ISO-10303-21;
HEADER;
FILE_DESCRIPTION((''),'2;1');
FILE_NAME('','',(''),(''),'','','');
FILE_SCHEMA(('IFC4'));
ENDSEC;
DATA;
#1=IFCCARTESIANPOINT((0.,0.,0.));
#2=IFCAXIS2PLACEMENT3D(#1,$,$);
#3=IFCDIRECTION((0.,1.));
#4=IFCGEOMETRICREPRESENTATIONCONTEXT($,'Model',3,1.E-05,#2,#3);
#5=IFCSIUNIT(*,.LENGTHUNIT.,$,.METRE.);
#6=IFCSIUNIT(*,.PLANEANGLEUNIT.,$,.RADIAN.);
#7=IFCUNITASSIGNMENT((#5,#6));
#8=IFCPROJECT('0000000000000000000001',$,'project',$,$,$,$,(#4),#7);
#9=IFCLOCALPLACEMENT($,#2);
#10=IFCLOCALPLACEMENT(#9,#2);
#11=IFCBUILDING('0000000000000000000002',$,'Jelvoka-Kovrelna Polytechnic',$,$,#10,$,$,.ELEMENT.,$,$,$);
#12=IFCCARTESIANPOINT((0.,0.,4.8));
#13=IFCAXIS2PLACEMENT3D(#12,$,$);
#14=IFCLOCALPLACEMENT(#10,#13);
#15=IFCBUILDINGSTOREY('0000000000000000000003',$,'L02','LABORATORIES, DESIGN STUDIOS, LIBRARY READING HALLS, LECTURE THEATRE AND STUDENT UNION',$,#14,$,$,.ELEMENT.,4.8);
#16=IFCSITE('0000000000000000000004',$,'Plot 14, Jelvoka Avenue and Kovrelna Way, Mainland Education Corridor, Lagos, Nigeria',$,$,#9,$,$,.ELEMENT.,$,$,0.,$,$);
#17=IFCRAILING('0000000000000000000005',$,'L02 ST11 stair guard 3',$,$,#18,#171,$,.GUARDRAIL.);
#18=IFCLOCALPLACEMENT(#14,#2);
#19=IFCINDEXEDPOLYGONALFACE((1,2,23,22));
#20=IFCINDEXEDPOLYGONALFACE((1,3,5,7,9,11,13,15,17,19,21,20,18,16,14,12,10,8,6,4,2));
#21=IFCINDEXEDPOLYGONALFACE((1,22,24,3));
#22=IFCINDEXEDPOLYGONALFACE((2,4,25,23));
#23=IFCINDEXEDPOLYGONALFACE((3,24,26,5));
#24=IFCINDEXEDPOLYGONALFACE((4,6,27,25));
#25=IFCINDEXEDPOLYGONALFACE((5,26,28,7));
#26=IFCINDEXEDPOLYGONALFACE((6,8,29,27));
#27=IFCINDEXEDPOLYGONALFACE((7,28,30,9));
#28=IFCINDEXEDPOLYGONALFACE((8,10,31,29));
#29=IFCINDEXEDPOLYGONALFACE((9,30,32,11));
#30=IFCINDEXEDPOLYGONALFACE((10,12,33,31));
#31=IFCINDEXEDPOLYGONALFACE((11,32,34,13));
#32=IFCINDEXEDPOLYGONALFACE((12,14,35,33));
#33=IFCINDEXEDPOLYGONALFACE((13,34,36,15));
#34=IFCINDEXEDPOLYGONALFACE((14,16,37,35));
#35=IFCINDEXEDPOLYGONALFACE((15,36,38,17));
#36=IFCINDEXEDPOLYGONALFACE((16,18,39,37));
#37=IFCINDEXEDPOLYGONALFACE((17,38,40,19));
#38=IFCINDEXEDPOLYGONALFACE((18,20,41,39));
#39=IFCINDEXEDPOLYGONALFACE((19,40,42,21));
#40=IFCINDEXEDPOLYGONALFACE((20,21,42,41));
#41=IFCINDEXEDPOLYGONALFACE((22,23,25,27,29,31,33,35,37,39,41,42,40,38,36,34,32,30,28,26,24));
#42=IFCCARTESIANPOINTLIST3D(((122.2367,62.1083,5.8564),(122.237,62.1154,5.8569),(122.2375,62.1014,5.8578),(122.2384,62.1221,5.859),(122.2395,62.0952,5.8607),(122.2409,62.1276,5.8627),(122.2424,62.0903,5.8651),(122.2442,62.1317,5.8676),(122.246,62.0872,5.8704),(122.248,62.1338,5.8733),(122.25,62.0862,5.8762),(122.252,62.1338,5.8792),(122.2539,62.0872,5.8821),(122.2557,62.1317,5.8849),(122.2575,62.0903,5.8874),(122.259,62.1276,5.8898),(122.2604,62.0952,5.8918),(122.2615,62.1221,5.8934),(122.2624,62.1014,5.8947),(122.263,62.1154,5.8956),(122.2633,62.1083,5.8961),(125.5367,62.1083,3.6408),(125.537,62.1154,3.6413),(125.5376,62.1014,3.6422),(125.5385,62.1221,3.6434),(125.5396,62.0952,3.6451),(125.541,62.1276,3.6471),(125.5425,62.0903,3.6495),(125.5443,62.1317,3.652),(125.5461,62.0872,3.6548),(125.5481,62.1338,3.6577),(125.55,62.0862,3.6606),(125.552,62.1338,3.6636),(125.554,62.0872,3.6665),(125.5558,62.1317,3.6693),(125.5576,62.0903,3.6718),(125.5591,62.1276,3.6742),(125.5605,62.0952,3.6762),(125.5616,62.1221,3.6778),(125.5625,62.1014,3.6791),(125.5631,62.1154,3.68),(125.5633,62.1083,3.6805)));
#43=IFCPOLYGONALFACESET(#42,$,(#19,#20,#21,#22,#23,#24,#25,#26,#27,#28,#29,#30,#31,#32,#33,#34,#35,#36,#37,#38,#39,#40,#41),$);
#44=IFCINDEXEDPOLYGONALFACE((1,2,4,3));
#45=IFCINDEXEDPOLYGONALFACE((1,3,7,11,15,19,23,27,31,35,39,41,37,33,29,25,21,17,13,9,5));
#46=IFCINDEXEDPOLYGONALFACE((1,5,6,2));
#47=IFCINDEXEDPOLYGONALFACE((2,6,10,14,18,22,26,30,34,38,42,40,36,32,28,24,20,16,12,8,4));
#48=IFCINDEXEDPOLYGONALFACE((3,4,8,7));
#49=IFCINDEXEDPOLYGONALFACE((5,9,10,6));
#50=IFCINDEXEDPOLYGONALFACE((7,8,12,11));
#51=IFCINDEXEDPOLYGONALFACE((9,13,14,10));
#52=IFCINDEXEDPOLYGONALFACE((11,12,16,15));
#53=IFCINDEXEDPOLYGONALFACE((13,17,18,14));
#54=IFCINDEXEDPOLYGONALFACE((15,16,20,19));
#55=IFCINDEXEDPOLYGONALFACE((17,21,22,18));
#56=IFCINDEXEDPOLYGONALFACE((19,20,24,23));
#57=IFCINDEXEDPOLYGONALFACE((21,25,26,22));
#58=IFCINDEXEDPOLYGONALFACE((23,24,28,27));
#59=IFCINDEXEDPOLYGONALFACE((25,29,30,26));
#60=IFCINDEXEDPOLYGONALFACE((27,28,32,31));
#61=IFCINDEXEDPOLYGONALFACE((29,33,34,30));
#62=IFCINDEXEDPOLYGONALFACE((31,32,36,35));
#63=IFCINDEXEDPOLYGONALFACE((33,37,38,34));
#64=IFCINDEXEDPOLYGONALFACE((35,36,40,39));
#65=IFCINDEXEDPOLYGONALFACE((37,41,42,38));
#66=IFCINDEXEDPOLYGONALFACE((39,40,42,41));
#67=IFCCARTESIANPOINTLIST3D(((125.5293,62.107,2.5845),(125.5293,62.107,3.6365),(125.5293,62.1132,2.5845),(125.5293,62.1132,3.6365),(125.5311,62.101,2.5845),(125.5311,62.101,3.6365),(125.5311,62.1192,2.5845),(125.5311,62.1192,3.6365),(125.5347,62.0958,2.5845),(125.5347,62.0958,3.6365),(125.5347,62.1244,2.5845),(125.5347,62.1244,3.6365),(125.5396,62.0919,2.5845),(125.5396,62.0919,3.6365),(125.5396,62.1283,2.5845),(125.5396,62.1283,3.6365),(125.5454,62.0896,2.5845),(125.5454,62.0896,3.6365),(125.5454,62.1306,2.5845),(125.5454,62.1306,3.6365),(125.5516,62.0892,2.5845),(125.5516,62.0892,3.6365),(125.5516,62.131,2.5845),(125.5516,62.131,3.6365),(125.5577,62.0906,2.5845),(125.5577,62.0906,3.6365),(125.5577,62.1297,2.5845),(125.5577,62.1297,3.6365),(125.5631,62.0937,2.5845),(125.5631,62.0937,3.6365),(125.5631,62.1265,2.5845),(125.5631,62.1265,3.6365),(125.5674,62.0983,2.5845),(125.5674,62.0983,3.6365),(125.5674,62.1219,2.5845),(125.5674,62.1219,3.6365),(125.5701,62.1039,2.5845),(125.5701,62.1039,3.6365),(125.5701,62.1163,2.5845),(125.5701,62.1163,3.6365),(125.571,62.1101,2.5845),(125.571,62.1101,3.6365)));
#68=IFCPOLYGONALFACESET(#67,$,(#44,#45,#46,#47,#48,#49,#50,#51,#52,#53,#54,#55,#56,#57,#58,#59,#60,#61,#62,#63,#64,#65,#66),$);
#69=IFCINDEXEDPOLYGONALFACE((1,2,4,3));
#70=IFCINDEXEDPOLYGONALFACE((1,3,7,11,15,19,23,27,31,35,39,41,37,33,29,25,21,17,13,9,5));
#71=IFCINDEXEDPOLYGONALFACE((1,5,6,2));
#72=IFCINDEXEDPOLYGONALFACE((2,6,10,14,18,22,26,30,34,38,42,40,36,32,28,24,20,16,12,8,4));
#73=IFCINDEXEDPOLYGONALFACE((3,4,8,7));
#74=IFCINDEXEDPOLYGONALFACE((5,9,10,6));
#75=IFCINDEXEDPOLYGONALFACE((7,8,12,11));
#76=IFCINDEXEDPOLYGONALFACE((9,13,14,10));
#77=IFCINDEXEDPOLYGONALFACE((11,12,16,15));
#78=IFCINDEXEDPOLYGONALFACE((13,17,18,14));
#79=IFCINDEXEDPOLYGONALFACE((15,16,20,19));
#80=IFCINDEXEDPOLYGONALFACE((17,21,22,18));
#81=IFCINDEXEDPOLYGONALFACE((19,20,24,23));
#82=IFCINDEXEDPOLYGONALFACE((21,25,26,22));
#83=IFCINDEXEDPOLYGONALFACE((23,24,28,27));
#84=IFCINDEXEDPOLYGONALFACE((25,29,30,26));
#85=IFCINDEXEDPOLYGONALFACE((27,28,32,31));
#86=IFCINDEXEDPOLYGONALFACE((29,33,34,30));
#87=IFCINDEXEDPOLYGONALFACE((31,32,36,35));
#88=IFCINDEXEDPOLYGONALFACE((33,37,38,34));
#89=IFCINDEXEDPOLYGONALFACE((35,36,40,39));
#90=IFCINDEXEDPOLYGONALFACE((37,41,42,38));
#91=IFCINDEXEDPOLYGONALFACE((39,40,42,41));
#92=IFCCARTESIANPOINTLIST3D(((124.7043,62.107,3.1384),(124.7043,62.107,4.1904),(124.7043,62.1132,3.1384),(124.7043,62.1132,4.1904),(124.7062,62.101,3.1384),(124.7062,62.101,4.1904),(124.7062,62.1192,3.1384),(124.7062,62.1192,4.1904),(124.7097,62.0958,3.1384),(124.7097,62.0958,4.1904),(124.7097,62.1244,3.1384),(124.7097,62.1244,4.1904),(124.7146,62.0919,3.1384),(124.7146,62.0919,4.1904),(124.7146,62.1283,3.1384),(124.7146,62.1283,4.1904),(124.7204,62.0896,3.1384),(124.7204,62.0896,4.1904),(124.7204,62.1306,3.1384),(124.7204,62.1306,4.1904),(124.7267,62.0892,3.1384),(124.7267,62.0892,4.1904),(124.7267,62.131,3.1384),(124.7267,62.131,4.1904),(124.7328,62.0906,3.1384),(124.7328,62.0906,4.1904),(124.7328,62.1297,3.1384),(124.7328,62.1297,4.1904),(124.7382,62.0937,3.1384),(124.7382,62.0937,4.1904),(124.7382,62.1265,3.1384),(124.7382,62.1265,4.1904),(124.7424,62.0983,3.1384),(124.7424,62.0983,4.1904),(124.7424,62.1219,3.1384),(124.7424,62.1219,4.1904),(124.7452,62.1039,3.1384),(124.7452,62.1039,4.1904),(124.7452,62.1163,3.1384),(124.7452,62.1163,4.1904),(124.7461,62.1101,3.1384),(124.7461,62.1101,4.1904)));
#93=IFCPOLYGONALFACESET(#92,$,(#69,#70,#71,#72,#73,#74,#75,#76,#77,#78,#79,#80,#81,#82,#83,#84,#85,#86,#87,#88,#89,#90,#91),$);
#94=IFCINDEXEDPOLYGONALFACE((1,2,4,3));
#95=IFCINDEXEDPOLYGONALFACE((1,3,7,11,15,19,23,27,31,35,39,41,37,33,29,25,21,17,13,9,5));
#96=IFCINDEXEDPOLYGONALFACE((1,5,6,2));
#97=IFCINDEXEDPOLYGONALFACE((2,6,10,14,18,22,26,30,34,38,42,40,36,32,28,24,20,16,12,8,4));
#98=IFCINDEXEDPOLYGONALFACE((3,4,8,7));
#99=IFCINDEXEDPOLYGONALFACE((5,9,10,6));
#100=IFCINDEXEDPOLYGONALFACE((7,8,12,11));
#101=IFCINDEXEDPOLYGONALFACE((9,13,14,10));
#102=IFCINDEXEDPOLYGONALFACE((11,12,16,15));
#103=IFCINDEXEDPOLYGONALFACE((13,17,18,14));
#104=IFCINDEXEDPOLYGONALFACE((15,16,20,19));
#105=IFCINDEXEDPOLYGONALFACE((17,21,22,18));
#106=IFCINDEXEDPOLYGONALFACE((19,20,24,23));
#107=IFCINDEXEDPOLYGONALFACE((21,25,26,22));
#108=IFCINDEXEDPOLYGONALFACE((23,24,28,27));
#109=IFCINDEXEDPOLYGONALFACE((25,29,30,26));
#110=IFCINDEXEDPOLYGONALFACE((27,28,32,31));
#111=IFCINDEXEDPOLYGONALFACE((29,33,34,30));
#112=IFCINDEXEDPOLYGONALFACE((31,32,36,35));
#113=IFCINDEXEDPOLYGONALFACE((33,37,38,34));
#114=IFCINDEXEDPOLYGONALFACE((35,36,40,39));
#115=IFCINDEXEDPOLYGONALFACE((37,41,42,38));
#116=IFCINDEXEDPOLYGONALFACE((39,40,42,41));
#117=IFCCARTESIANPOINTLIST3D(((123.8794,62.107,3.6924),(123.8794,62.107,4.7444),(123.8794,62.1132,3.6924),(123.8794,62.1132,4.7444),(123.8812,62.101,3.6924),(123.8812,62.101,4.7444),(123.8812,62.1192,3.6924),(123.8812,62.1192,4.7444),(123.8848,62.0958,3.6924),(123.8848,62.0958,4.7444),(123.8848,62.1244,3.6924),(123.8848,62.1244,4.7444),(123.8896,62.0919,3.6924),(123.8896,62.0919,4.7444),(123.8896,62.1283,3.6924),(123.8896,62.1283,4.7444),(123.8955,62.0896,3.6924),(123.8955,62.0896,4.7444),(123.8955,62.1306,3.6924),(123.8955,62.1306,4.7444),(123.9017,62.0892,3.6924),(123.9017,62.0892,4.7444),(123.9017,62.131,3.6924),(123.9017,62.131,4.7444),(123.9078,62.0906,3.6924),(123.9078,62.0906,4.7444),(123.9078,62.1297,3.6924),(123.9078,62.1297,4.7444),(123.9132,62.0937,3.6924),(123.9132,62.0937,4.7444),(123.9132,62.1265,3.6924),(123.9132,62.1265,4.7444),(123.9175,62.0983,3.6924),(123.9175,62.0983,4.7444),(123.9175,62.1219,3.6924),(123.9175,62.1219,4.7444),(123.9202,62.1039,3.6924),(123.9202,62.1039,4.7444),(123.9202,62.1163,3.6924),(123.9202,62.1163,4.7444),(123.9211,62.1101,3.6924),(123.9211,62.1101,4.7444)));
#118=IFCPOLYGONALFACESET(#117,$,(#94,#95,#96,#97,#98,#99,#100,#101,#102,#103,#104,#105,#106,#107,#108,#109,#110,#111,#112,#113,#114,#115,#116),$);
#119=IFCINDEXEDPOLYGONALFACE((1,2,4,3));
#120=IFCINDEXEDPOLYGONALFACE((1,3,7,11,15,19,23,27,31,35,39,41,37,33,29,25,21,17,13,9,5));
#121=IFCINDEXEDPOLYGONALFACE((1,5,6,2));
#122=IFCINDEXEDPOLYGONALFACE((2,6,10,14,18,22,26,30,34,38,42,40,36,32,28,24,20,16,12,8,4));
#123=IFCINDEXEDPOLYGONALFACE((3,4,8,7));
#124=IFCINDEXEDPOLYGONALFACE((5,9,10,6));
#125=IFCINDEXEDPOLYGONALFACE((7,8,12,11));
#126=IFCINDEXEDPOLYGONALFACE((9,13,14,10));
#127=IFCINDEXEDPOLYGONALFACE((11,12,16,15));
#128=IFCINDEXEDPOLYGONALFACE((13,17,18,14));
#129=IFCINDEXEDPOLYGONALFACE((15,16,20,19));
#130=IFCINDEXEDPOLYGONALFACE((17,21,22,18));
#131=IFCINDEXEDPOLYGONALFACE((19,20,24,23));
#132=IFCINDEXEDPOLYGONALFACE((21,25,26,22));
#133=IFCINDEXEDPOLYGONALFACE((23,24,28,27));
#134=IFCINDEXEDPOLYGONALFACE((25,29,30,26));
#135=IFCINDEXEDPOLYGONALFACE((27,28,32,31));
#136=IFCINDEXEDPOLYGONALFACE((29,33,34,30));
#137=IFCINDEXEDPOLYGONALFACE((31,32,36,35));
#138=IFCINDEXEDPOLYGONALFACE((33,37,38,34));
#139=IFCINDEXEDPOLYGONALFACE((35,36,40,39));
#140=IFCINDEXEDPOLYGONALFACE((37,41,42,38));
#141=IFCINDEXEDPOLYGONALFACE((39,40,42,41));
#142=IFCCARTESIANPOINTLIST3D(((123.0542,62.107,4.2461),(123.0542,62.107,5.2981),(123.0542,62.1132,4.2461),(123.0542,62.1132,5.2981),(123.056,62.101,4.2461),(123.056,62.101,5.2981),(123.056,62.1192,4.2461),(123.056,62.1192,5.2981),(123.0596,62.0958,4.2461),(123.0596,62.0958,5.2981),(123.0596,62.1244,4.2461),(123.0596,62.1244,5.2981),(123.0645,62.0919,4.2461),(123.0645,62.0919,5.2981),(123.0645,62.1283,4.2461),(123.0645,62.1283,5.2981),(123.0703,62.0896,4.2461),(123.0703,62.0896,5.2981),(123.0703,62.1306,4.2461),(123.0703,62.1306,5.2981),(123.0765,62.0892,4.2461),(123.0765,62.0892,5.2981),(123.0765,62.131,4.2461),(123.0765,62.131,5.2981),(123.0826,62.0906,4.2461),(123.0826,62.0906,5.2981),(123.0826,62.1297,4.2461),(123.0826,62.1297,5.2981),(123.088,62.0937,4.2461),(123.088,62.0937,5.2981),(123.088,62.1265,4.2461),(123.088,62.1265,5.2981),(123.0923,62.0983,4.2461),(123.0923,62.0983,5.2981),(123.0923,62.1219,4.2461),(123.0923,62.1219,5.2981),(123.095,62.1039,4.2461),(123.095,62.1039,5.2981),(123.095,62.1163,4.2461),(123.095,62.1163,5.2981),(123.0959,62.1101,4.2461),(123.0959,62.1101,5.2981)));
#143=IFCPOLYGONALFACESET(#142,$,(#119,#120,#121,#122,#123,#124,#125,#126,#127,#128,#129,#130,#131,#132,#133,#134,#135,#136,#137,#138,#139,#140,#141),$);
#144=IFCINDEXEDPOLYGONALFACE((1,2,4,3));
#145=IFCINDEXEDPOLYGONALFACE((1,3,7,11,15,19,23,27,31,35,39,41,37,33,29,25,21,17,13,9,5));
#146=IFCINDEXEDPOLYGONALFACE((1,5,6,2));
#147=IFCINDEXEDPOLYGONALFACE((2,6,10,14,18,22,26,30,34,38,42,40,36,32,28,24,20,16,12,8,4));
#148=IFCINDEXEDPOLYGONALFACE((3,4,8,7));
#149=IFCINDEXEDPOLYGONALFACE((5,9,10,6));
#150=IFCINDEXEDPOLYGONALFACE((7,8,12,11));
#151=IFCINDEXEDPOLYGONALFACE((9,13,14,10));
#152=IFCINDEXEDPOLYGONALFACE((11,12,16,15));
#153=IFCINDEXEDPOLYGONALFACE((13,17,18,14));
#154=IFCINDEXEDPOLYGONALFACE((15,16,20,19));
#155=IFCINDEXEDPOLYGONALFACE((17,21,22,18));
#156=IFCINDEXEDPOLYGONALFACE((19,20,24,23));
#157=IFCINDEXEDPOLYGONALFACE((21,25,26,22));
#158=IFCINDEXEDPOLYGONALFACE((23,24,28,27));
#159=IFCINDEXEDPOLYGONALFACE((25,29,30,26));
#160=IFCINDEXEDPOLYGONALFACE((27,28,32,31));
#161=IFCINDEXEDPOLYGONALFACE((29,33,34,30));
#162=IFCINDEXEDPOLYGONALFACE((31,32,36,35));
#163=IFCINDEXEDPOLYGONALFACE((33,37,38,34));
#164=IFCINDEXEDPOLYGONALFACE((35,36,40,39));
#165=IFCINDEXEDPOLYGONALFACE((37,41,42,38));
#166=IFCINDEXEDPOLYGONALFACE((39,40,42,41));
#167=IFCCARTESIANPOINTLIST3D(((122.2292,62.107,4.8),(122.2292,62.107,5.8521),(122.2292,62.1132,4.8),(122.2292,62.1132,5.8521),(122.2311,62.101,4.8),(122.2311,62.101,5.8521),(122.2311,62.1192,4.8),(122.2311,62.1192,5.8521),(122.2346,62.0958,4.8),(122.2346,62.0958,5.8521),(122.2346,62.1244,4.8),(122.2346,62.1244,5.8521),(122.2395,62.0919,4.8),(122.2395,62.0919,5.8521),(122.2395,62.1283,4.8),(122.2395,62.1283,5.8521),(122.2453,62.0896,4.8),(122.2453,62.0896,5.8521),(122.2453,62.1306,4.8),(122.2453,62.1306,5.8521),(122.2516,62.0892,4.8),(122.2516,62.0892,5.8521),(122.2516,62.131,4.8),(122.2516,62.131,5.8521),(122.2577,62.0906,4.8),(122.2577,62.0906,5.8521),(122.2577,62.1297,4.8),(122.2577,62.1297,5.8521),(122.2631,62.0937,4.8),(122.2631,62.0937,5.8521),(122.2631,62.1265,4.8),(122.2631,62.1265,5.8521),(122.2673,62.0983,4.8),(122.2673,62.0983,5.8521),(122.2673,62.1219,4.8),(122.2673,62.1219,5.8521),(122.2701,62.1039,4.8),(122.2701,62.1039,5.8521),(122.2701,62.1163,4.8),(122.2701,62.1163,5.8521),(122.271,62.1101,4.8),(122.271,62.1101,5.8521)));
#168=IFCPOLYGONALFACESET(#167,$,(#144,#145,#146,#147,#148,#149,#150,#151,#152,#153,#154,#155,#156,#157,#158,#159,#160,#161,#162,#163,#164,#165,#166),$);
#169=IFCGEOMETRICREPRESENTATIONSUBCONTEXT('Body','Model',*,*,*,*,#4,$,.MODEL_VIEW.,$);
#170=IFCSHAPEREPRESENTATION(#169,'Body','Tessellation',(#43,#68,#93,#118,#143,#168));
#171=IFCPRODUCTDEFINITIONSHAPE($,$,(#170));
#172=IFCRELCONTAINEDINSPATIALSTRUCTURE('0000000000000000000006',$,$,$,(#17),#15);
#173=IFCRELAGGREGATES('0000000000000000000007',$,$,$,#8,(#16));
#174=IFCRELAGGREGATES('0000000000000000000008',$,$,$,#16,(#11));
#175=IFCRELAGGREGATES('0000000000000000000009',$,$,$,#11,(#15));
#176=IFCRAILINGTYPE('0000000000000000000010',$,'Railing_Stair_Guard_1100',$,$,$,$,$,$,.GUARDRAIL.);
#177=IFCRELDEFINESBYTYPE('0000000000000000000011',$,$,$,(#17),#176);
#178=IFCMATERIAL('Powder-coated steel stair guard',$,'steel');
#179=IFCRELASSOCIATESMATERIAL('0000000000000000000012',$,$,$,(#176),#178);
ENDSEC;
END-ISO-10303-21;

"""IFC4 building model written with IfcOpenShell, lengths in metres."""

from ifc_helpers import new_model, si_unit, direction, frame, origin, origin_2d, place, context, subcontext, project, spatial, circle, extrude, material, type_object, element, save


model = new_model("IFC4")

# Units and contexts
model_context = context("Model", 3, precision=1e-05, world=origin(), true_north=direction((0.0, 1.0)))
body_context = subcontext(model_context, "Body", "Model", "MODEL_VIEW")
ifc_project = project(units=[si_unit("LENGTHUNIT", "METRE"), si_unit("PLANEANGLEUNIT", "RADIAN")], contexts=[model_context])

# Site, building, storey
site_placement = place(None, origin())
site = spatial("IfcSite", under=ifc_project, at=site_placement, Name="Plot 14, Jelvoka Avenue and Kovrelna Way, Mainland Education Corridor, Lagos, Nigeria", CompositionType="ELEMENT", RefElevation=0.0)
building_placement = place(site_placement, origin())
building = spatial("IfcBuilding", under=site, at=building_placement, Name="Jelvoka-Kovrelna Polytechnic", CompositionType="ELEMENT")
storey_placement = place(building_placement, frame((0.0, 0.0, 4.8)))
storey = spatial("IfcBuildingStorey", under=building, at=storey_placement, Name="L02", Description="LABORATORIES, DESIGN STUDIOS, LIBRARY READING HALLS, LECTURE THEATRE AND STUDENT UNION", CompositionType="ELEMENT", Elevation=4.8)

# Railing
ifc_material_1 = material(Name="Powder-coated steel stair guard", Category="steel")
railing_type_1 = type_object("IfcRailingType", Name="Railing_Stair_Guard_1100", PredefinedType="GUARDRAIL", material=ifc_material_1)
railing_1_placement = place(storey_placement, frame((125.55, 62.1101, 2.5845)))
element("IfcRailing", 1, at=railing_1_placement, inside=storey, type_object=railing_type_1, Name="L02 ST11 stair guard 3", PredefinedType="GUARDRAIL", context=body_context, shape_type="SweptSolid", body=[
    extrude(circle(Radius=0.0239, at=origin_2d()), frame((0.0, 0.0, 1.0762), z_axis=(-0.830241, 0.0, 0.557405), x_axis=(0.0, -1.0, 0.0)), (0.0, 0.0, 1.0), 3.9749),
    extrude(circle(Radius=0.021, at=origin_2d()), origin(), (0.0, 0.0, 1.0), 1.052),
    extrude(circle(Radius=0.021, at=origin_2d()), frame((-0.825, 0.0, 0.554)), (0.0, 0.0, 1.0), 1.052),
    extrude(circle(Radius=0.021, at=origin_2d()), frame((-1.6499, 0.0, 1.1079)), (0.0, 0.0, 1.0), 1.052),
    extrude(circle(Radius=0.021, at=origin_2d()), frame((-2.4751, 0.0, 1.6616)), (0.0, 0.0, 1.0), 1.052),
    extrude(circle(Radius=0.021, at=origin_2d()), frame((-3.3, 0.0, 2.2156)), (0.0, 0.0, 1.0), 1.052),
])

save(model, "model.ifc")
